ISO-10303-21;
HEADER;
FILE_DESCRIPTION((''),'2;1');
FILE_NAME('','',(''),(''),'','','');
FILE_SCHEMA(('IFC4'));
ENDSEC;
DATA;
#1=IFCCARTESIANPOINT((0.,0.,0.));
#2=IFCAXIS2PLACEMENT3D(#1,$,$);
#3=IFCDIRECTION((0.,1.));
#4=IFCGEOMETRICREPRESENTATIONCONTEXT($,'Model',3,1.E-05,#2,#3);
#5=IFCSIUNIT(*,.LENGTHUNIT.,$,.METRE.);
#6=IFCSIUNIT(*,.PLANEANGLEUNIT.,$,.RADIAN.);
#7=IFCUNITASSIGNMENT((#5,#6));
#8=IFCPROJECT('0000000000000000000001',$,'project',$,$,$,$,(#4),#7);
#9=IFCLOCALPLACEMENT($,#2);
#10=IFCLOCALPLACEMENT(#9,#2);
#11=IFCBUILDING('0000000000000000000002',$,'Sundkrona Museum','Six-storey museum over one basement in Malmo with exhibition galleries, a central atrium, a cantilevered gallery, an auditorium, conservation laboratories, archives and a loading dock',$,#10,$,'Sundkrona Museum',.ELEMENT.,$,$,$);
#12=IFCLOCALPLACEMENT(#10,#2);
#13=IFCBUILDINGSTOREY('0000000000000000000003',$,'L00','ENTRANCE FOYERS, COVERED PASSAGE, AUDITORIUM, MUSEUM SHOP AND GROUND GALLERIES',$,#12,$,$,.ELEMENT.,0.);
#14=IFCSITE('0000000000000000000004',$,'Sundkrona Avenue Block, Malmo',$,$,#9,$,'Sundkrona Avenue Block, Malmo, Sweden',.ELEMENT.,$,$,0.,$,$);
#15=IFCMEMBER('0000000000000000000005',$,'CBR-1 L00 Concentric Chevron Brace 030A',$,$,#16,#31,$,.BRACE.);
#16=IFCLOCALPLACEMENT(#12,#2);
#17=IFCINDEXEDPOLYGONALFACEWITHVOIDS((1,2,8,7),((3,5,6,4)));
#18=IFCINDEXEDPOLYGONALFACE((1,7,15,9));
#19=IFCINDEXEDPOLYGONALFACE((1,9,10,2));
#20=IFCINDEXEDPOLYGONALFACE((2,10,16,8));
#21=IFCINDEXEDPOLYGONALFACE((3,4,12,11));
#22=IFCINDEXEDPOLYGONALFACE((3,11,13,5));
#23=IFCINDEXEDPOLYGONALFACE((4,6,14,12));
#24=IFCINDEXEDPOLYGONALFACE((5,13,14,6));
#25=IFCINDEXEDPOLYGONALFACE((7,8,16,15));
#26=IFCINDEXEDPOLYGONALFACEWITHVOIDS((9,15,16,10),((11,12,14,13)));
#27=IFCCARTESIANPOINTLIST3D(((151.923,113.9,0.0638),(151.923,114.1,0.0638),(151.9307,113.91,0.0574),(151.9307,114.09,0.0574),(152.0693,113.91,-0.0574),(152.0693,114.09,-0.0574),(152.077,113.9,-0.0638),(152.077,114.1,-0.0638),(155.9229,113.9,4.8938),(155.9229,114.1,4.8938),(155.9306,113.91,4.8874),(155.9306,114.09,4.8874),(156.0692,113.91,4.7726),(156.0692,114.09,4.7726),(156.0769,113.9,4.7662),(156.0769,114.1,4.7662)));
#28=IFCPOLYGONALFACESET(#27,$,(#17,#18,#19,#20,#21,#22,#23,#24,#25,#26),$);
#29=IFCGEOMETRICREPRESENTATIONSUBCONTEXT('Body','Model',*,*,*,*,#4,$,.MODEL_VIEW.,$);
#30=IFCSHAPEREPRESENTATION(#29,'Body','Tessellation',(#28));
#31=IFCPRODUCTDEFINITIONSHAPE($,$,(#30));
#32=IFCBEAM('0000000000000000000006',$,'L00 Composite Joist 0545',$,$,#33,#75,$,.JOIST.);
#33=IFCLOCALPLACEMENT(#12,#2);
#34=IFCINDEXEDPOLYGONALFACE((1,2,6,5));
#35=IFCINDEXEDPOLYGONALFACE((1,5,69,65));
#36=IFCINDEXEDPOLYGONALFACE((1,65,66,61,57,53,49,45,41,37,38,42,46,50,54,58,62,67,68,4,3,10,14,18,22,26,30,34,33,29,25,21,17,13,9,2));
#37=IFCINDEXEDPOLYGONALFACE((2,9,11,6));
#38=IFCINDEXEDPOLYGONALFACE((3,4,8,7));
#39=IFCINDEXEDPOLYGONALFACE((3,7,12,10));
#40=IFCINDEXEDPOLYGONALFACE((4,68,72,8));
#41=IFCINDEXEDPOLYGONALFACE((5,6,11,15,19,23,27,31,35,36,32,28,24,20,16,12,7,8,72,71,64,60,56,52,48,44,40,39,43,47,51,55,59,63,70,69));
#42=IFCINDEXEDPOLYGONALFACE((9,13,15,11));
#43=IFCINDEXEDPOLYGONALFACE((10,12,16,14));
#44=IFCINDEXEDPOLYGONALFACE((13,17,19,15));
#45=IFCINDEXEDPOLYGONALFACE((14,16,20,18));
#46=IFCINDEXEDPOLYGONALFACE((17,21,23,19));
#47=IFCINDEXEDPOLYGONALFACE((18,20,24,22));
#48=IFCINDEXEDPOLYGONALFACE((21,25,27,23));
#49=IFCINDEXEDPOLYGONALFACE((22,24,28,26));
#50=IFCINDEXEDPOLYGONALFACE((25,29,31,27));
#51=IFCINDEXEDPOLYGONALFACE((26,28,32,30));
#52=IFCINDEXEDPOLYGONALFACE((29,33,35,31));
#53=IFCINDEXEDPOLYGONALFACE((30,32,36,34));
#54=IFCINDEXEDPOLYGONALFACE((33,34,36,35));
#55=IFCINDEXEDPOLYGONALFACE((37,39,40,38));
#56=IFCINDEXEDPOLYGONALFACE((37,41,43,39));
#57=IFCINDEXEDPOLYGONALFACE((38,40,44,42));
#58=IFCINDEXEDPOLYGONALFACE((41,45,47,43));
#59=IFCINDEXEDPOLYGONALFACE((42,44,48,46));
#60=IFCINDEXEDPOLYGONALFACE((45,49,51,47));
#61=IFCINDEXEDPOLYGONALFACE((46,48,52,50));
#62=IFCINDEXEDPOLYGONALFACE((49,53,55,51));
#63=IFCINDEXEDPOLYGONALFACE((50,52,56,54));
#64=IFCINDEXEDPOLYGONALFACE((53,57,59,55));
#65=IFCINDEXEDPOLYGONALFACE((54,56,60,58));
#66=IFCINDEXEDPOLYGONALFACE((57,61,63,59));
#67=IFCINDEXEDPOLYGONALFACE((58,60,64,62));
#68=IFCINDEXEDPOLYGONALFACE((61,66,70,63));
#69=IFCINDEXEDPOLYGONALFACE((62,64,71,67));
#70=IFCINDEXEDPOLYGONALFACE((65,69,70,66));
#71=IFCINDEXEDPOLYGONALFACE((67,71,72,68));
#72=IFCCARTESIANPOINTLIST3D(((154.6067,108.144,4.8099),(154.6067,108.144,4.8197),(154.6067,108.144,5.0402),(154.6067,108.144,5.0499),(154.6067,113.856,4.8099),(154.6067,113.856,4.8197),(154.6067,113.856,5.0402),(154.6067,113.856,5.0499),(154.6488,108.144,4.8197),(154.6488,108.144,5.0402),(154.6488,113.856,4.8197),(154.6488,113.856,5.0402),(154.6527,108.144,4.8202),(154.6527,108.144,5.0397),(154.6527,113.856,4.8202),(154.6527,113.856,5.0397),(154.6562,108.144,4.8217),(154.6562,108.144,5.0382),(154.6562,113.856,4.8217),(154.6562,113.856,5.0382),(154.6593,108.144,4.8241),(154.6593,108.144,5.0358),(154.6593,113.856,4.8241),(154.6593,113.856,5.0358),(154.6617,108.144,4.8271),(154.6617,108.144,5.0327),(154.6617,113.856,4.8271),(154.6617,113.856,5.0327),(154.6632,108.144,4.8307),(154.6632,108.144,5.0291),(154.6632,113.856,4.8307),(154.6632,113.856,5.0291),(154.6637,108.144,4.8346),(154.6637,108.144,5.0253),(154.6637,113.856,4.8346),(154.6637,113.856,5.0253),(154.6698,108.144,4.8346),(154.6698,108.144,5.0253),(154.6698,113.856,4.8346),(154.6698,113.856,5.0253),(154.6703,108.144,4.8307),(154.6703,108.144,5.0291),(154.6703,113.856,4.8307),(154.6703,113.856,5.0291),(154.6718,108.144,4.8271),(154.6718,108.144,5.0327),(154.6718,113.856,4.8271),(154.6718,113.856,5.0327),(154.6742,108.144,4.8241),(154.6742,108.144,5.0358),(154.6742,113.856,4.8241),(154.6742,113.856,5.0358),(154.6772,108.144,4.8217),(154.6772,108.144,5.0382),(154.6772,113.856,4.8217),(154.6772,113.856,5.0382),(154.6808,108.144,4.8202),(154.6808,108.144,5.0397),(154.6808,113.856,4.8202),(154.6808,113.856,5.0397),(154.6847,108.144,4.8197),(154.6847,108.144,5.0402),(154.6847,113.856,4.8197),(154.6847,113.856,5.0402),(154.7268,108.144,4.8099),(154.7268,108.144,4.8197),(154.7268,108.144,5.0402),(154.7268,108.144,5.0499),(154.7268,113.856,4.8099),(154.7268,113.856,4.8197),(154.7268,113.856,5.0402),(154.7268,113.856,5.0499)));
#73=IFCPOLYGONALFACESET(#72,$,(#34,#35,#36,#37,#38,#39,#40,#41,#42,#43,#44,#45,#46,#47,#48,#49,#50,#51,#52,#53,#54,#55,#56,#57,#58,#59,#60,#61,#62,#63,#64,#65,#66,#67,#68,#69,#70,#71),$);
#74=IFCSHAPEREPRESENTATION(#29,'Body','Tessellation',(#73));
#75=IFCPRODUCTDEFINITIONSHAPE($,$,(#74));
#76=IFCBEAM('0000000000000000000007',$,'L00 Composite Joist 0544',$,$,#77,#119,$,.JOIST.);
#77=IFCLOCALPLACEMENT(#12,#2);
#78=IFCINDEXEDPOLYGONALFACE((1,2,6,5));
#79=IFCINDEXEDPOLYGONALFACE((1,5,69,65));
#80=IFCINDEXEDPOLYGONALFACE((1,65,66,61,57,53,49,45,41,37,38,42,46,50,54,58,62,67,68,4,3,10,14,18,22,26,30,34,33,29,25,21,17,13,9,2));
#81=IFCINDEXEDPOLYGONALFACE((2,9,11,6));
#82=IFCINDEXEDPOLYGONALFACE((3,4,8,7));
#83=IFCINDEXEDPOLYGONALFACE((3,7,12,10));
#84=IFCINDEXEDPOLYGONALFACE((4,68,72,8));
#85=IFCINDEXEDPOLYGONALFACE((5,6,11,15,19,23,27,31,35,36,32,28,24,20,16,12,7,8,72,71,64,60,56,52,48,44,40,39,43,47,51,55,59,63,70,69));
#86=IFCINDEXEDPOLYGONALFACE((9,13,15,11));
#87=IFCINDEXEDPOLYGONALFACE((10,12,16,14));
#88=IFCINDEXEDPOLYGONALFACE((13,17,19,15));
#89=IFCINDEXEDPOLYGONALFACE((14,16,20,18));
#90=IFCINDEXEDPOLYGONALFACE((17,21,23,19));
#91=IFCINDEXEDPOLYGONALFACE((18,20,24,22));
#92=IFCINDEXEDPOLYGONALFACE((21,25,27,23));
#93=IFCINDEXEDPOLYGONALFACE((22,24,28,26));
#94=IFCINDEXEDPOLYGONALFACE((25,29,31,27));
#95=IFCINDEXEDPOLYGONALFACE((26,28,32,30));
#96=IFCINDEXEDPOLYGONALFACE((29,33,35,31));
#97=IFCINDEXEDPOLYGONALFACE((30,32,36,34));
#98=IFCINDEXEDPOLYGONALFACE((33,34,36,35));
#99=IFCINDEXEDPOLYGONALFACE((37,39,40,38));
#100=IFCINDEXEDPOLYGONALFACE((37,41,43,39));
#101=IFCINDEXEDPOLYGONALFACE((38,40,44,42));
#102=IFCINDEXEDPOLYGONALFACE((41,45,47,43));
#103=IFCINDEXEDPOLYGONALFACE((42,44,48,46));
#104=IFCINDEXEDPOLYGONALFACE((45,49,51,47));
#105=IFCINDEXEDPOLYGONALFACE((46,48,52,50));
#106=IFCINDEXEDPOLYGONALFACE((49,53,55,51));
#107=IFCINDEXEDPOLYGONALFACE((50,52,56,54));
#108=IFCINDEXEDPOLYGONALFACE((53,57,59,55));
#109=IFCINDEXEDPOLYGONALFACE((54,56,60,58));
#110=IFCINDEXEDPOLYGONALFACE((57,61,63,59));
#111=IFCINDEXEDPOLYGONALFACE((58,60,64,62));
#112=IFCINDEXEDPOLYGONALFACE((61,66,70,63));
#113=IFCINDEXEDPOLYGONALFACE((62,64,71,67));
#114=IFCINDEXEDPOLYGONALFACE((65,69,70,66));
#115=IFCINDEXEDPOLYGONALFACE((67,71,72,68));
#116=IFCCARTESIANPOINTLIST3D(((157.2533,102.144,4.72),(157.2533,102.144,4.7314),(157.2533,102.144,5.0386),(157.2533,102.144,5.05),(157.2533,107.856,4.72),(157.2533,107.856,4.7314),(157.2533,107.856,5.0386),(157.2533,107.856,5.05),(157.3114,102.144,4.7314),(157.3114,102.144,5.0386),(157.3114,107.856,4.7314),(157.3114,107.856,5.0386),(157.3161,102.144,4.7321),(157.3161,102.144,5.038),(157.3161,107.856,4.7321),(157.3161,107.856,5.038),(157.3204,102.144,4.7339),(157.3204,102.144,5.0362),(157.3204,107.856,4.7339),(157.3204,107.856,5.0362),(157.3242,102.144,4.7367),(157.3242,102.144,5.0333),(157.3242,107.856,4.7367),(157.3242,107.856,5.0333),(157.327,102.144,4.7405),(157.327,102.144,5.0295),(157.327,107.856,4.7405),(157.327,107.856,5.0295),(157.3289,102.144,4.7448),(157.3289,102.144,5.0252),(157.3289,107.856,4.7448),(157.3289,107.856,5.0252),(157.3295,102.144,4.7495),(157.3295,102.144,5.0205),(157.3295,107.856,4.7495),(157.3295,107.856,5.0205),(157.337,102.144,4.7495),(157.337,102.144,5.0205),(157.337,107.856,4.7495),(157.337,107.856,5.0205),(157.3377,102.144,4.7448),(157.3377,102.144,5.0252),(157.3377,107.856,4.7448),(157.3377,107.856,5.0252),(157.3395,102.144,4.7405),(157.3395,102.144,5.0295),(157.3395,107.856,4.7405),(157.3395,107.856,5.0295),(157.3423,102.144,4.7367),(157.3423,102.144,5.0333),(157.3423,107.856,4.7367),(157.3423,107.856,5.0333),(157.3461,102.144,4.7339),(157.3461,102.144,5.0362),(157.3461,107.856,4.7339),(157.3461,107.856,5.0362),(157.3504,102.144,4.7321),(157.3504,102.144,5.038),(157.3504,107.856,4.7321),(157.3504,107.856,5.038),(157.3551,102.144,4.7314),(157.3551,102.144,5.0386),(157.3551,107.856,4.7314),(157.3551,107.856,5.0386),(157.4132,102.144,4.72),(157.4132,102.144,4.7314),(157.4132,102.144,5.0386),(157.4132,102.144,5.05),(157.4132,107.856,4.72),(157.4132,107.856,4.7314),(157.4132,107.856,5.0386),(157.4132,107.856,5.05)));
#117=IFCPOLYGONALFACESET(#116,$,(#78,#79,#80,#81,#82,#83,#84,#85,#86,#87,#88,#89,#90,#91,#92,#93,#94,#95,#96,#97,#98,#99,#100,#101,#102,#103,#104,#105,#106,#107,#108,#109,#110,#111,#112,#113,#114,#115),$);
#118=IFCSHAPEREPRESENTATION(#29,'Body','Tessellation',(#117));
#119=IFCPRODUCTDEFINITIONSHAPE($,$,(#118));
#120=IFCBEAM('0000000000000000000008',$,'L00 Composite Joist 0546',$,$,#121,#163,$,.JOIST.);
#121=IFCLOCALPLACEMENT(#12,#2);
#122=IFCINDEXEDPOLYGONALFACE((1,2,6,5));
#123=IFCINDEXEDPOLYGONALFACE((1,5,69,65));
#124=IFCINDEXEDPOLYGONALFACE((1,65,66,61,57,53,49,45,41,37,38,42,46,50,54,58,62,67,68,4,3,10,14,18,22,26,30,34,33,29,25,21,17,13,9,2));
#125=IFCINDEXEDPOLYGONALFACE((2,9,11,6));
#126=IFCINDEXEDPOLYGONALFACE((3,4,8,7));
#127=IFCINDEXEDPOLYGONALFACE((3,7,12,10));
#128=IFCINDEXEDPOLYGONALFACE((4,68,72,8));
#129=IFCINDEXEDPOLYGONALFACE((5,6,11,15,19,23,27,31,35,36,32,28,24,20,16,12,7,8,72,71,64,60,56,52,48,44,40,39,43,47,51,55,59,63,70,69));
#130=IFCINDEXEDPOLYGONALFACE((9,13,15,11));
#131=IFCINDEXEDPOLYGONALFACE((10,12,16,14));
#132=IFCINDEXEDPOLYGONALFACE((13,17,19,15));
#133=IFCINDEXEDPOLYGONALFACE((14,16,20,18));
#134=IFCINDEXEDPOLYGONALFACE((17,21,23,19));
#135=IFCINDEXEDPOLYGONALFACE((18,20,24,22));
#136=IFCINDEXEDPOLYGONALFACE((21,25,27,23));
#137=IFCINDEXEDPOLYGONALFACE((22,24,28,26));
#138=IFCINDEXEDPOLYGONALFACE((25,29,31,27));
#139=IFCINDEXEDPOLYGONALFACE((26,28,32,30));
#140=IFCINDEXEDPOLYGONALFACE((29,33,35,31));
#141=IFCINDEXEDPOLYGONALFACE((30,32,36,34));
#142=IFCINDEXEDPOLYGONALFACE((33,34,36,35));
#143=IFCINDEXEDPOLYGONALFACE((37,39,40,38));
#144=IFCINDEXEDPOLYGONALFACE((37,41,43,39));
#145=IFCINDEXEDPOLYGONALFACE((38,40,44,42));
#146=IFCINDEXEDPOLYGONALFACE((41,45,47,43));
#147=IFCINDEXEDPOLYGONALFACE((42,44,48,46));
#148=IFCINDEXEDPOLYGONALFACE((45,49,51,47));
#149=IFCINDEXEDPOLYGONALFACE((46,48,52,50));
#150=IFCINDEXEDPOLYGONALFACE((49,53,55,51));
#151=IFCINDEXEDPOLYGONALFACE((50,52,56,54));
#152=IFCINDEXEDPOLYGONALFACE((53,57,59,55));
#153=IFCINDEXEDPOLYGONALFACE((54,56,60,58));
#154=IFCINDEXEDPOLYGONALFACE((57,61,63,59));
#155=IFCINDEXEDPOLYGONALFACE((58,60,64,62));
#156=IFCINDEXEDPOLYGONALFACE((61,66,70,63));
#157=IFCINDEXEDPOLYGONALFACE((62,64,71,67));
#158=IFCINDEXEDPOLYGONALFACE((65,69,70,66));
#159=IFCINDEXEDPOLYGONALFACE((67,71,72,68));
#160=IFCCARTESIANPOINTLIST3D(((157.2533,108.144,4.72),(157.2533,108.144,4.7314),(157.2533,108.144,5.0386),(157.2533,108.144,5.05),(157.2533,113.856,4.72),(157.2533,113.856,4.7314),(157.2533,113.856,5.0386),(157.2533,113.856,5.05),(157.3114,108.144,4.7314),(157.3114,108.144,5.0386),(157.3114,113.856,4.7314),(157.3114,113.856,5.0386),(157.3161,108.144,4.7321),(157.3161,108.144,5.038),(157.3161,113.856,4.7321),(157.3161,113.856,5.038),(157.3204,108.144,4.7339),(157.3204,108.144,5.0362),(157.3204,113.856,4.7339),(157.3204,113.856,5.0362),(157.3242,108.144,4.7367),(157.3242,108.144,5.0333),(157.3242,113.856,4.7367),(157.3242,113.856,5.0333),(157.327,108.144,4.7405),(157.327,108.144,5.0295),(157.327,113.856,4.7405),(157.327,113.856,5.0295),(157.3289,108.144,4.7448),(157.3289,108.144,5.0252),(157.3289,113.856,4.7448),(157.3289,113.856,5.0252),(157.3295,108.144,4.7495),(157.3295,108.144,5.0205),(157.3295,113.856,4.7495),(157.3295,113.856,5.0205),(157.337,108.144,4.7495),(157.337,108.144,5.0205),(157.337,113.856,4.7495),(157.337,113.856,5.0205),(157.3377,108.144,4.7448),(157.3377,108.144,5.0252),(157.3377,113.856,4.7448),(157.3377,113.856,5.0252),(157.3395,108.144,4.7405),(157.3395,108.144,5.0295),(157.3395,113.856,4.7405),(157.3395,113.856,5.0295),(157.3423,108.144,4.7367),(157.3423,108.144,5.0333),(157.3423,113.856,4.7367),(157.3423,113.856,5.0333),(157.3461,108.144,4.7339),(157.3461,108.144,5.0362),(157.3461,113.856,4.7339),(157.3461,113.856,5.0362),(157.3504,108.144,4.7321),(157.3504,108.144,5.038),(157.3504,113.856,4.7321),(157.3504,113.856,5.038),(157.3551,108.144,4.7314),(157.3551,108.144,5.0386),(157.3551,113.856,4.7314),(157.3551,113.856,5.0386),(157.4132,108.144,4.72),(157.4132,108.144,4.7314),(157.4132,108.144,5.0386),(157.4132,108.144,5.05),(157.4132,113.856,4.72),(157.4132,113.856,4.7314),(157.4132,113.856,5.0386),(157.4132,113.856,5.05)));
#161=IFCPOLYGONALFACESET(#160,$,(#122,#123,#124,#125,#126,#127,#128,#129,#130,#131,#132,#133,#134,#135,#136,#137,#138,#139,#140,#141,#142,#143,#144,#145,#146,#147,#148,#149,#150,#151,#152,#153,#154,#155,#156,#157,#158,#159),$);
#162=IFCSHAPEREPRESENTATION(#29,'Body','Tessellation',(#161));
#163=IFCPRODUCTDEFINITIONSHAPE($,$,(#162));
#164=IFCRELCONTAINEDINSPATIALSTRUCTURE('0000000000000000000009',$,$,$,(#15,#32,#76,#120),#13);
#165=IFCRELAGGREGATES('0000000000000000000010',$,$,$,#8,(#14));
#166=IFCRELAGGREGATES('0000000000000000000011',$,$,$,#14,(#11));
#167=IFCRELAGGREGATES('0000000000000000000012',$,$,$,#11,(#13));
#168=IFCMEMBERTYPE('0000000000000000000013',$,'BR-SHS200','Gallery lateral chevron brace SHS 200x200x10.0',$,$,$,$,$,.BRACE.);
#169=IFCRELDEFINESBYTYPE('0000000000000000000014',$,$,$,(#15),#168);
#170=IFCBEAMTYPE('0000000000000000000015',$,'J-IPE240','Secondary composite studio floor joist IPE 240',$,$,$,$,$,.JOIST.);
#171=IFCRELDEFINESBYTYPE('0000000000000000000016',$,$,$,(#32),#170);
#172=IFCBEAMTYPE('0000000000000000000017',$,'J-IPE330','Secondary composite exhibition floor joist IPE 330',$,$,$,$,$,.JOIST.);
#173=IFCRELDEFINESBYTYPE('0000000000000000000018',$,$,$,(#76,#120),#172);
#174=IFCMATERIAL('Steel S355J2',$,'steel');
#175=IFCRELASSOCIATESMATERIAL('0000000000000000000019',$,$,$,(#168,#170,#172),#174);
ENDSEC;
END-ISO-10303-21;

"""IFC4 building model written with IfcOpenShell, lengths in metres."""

from ifc_helpers import new_model, si_unit, direction, frame, origin, origin_2d, place, context, subcontext, project, spatial, hollow_rectangle, i_section, extrude, material, material_profile, profile_set, type_object, element, save


model = new_model("IFC4")

# Units and contexts
model_context = context("Model", 3, precision=1e-05, world=origin(), true_north=direction((0.0, 1.0)))
body_context = subcontext(model_context, "Body", "Model", "MODEL_VIEW")
ifc_project = project(units=[si_unit("LENGTHUNIT", "METRE"), si_unit("PLANEANGLEUNIT", "RADIAN")], contexts=[model_context])

# Site, building, storey
site_placement = place(None, origin())
site = spatial("IfcSite", under=ifc_project, at=site_placement, Name="Sundkrona Avenue Block, Malmo", LongName="Sundkrona Avenue Block, Malmo, Sweden", CompositionType="ELEMENT", RefElevation=0.0)
building_placement = place(site_placement, origin())
building = spatial("IfcBuilding", under=site, at=building_placement, Name="Sundkrona Museum", Description="Six-storey museum over one basement in Malmo with exhibition galleries, a central atrium, a cantilevered gallery, an auditorium, conservation laboratories, archives and a loading dock", LongName="Sundkrona Museum", CompositionType="ELEMENT")
storey_placement = place(building_placement, origin())
storey = spatial("IfcBuildingStorey", under=building, at=storey_placement, Name="L00", Description="ENTRANCE FOYERS, COVERED PASSAGE, AUDITORIUM, MUSEUM SHOP AND GROUND GALLERIES", CompositionType="ELEMENT", Elevation=0.0)

# Shared definitions
ifc_material_1 = material(Name="Steel S355J2", Category="steel")

# Member
ifc_material_profile_1 = material_profile(ifc_material_1, hollow_rectangle(XDim=0.2, YDim=0.2, WallThickness=0.01, at=origin_2d()), Name="SHS 200x200x10.0")
ifc_profile_set_1 = profile_set([ifc_material_profile_1], Name="Steel S355J2")
member_type = type_object("IfcMemberType", Name="BR-SHS200", Description="Gallery lateral chevron brace SHS 200x200x10.0", PredefinedType="BRACE", material=ifc_profile_set_1)
member_placement = place(storey_placement, frame((152.0, 114.0, 0.0), z_axis=(0.637823, 0.0, 0.770183), x_axis=(0.0, 1.0, 0.0)))
element("IfcMember", 1, at=member_placement, inside=storey, type_object=member_type, Name="CBR-1 L00 Concentric Chevron Brace 030A", PredefinedType="BRACE", context=body_context, shape_type="SweptSolid", body=[
    extrude(hollow_rectangle(XDim=0.2, YDim=0.2, WallThickness=0.01, at=origin_2d()), origin(), (0.0, 0.0, 1.0), 6.2712),
])

# Beams
ifc_material_profile_2 = material_profile(ifc_material_1, i_section(OverallWidth=0.1201, OverallDepth=0.24, WebThickness=0.0061, FlangeThickness=0.0098, FilletRadius=0.0149, at=origin_2d()), Name="IPE 240")
ifc_profile_set_2 = profile_set([ifc_material_profile_2], Name="Steel S355J2")
beam_type_1 = type_object("IfcBeamType", Name="J-IPE240", Description="Secondary composite studio floor joist IPE 240", PredefinedType="JOIST", material=ifc_profile_set_2)
beam_placement = place(storey_placement, frame((154.6667, 108.144, 4.9299), z_axis=(0.0, 1.0, 0.0), x_axis=(-1.0, 0.0, 0.0)))
element("IfcBeam", 2, at=beam_placement, inside=storey, type_object=beam_type_1, Name="L00 Composite Joist 0545", PredefinedType="JOIST", context=body_context, shape_type="SweptSolid", body=[
    extrude(i_section(OverallWidth=0.1201, OverallDepth=0.24, WebThickness=0.0061, FlangeThickness=0.0098, FilletRadius=0.0149, at=origin_2d()), origin(), (0.0, 0.0, 1.0), 5.7119),
])
ifc_material_profile_3 = material_profile(ifc_material_1, i_section(OverallWidth=0.1599, OverallDepth=0.3301, WebThickness=0.0076, FlangeThickness=0.0115, FilletRadius=0.0181, at=origin_2d()), Name="IPE 330")
ifc_profile_set_3 = profile_set([ifc_material_profile_3], Name="Steel S355J2")
beam_type_2 = type_object("IfcBeamType", Name="J-IPE330", Description="Secondary composite exhibition floor joist IPE 330", PredefinedType="JOIST", material=ifc_profile_set_3)
for number, where, z_axis, x_axis, name in (
    (3, (157.3333, 102.144, 4.885), (0.0, 1.0, 0.0), (-1.0, 0.0, 0.0), "L00 Composite Joist 0544"),
    (4, (157.3333, 108.144, 4.885), (0.0, 1.0, 0.0), (-1.0, 0.0, 0.0), "L00 Composite Joist 0546"),
):
    element("IfcBeam", number, at=place(storey_placement, frame(where, z_axis=z_axis, x_axis=x_axis)), inside=storey, type_object=beam_type_2, Name=name, PredefinedType="JOIST", context=body_context, shape_type="SweptSolid", body=[
        extrude(i_section(OverallWidth=0.1599, OverallDepth=0.3301, WebThickness=0.0076, FlangeThickness=0.0115, FilletRadius=0.0181, at=origin_2d()), origin(), (0.0, 0.0, 1.0), 5.7119),
    ])

save(model, "model.ifc")
